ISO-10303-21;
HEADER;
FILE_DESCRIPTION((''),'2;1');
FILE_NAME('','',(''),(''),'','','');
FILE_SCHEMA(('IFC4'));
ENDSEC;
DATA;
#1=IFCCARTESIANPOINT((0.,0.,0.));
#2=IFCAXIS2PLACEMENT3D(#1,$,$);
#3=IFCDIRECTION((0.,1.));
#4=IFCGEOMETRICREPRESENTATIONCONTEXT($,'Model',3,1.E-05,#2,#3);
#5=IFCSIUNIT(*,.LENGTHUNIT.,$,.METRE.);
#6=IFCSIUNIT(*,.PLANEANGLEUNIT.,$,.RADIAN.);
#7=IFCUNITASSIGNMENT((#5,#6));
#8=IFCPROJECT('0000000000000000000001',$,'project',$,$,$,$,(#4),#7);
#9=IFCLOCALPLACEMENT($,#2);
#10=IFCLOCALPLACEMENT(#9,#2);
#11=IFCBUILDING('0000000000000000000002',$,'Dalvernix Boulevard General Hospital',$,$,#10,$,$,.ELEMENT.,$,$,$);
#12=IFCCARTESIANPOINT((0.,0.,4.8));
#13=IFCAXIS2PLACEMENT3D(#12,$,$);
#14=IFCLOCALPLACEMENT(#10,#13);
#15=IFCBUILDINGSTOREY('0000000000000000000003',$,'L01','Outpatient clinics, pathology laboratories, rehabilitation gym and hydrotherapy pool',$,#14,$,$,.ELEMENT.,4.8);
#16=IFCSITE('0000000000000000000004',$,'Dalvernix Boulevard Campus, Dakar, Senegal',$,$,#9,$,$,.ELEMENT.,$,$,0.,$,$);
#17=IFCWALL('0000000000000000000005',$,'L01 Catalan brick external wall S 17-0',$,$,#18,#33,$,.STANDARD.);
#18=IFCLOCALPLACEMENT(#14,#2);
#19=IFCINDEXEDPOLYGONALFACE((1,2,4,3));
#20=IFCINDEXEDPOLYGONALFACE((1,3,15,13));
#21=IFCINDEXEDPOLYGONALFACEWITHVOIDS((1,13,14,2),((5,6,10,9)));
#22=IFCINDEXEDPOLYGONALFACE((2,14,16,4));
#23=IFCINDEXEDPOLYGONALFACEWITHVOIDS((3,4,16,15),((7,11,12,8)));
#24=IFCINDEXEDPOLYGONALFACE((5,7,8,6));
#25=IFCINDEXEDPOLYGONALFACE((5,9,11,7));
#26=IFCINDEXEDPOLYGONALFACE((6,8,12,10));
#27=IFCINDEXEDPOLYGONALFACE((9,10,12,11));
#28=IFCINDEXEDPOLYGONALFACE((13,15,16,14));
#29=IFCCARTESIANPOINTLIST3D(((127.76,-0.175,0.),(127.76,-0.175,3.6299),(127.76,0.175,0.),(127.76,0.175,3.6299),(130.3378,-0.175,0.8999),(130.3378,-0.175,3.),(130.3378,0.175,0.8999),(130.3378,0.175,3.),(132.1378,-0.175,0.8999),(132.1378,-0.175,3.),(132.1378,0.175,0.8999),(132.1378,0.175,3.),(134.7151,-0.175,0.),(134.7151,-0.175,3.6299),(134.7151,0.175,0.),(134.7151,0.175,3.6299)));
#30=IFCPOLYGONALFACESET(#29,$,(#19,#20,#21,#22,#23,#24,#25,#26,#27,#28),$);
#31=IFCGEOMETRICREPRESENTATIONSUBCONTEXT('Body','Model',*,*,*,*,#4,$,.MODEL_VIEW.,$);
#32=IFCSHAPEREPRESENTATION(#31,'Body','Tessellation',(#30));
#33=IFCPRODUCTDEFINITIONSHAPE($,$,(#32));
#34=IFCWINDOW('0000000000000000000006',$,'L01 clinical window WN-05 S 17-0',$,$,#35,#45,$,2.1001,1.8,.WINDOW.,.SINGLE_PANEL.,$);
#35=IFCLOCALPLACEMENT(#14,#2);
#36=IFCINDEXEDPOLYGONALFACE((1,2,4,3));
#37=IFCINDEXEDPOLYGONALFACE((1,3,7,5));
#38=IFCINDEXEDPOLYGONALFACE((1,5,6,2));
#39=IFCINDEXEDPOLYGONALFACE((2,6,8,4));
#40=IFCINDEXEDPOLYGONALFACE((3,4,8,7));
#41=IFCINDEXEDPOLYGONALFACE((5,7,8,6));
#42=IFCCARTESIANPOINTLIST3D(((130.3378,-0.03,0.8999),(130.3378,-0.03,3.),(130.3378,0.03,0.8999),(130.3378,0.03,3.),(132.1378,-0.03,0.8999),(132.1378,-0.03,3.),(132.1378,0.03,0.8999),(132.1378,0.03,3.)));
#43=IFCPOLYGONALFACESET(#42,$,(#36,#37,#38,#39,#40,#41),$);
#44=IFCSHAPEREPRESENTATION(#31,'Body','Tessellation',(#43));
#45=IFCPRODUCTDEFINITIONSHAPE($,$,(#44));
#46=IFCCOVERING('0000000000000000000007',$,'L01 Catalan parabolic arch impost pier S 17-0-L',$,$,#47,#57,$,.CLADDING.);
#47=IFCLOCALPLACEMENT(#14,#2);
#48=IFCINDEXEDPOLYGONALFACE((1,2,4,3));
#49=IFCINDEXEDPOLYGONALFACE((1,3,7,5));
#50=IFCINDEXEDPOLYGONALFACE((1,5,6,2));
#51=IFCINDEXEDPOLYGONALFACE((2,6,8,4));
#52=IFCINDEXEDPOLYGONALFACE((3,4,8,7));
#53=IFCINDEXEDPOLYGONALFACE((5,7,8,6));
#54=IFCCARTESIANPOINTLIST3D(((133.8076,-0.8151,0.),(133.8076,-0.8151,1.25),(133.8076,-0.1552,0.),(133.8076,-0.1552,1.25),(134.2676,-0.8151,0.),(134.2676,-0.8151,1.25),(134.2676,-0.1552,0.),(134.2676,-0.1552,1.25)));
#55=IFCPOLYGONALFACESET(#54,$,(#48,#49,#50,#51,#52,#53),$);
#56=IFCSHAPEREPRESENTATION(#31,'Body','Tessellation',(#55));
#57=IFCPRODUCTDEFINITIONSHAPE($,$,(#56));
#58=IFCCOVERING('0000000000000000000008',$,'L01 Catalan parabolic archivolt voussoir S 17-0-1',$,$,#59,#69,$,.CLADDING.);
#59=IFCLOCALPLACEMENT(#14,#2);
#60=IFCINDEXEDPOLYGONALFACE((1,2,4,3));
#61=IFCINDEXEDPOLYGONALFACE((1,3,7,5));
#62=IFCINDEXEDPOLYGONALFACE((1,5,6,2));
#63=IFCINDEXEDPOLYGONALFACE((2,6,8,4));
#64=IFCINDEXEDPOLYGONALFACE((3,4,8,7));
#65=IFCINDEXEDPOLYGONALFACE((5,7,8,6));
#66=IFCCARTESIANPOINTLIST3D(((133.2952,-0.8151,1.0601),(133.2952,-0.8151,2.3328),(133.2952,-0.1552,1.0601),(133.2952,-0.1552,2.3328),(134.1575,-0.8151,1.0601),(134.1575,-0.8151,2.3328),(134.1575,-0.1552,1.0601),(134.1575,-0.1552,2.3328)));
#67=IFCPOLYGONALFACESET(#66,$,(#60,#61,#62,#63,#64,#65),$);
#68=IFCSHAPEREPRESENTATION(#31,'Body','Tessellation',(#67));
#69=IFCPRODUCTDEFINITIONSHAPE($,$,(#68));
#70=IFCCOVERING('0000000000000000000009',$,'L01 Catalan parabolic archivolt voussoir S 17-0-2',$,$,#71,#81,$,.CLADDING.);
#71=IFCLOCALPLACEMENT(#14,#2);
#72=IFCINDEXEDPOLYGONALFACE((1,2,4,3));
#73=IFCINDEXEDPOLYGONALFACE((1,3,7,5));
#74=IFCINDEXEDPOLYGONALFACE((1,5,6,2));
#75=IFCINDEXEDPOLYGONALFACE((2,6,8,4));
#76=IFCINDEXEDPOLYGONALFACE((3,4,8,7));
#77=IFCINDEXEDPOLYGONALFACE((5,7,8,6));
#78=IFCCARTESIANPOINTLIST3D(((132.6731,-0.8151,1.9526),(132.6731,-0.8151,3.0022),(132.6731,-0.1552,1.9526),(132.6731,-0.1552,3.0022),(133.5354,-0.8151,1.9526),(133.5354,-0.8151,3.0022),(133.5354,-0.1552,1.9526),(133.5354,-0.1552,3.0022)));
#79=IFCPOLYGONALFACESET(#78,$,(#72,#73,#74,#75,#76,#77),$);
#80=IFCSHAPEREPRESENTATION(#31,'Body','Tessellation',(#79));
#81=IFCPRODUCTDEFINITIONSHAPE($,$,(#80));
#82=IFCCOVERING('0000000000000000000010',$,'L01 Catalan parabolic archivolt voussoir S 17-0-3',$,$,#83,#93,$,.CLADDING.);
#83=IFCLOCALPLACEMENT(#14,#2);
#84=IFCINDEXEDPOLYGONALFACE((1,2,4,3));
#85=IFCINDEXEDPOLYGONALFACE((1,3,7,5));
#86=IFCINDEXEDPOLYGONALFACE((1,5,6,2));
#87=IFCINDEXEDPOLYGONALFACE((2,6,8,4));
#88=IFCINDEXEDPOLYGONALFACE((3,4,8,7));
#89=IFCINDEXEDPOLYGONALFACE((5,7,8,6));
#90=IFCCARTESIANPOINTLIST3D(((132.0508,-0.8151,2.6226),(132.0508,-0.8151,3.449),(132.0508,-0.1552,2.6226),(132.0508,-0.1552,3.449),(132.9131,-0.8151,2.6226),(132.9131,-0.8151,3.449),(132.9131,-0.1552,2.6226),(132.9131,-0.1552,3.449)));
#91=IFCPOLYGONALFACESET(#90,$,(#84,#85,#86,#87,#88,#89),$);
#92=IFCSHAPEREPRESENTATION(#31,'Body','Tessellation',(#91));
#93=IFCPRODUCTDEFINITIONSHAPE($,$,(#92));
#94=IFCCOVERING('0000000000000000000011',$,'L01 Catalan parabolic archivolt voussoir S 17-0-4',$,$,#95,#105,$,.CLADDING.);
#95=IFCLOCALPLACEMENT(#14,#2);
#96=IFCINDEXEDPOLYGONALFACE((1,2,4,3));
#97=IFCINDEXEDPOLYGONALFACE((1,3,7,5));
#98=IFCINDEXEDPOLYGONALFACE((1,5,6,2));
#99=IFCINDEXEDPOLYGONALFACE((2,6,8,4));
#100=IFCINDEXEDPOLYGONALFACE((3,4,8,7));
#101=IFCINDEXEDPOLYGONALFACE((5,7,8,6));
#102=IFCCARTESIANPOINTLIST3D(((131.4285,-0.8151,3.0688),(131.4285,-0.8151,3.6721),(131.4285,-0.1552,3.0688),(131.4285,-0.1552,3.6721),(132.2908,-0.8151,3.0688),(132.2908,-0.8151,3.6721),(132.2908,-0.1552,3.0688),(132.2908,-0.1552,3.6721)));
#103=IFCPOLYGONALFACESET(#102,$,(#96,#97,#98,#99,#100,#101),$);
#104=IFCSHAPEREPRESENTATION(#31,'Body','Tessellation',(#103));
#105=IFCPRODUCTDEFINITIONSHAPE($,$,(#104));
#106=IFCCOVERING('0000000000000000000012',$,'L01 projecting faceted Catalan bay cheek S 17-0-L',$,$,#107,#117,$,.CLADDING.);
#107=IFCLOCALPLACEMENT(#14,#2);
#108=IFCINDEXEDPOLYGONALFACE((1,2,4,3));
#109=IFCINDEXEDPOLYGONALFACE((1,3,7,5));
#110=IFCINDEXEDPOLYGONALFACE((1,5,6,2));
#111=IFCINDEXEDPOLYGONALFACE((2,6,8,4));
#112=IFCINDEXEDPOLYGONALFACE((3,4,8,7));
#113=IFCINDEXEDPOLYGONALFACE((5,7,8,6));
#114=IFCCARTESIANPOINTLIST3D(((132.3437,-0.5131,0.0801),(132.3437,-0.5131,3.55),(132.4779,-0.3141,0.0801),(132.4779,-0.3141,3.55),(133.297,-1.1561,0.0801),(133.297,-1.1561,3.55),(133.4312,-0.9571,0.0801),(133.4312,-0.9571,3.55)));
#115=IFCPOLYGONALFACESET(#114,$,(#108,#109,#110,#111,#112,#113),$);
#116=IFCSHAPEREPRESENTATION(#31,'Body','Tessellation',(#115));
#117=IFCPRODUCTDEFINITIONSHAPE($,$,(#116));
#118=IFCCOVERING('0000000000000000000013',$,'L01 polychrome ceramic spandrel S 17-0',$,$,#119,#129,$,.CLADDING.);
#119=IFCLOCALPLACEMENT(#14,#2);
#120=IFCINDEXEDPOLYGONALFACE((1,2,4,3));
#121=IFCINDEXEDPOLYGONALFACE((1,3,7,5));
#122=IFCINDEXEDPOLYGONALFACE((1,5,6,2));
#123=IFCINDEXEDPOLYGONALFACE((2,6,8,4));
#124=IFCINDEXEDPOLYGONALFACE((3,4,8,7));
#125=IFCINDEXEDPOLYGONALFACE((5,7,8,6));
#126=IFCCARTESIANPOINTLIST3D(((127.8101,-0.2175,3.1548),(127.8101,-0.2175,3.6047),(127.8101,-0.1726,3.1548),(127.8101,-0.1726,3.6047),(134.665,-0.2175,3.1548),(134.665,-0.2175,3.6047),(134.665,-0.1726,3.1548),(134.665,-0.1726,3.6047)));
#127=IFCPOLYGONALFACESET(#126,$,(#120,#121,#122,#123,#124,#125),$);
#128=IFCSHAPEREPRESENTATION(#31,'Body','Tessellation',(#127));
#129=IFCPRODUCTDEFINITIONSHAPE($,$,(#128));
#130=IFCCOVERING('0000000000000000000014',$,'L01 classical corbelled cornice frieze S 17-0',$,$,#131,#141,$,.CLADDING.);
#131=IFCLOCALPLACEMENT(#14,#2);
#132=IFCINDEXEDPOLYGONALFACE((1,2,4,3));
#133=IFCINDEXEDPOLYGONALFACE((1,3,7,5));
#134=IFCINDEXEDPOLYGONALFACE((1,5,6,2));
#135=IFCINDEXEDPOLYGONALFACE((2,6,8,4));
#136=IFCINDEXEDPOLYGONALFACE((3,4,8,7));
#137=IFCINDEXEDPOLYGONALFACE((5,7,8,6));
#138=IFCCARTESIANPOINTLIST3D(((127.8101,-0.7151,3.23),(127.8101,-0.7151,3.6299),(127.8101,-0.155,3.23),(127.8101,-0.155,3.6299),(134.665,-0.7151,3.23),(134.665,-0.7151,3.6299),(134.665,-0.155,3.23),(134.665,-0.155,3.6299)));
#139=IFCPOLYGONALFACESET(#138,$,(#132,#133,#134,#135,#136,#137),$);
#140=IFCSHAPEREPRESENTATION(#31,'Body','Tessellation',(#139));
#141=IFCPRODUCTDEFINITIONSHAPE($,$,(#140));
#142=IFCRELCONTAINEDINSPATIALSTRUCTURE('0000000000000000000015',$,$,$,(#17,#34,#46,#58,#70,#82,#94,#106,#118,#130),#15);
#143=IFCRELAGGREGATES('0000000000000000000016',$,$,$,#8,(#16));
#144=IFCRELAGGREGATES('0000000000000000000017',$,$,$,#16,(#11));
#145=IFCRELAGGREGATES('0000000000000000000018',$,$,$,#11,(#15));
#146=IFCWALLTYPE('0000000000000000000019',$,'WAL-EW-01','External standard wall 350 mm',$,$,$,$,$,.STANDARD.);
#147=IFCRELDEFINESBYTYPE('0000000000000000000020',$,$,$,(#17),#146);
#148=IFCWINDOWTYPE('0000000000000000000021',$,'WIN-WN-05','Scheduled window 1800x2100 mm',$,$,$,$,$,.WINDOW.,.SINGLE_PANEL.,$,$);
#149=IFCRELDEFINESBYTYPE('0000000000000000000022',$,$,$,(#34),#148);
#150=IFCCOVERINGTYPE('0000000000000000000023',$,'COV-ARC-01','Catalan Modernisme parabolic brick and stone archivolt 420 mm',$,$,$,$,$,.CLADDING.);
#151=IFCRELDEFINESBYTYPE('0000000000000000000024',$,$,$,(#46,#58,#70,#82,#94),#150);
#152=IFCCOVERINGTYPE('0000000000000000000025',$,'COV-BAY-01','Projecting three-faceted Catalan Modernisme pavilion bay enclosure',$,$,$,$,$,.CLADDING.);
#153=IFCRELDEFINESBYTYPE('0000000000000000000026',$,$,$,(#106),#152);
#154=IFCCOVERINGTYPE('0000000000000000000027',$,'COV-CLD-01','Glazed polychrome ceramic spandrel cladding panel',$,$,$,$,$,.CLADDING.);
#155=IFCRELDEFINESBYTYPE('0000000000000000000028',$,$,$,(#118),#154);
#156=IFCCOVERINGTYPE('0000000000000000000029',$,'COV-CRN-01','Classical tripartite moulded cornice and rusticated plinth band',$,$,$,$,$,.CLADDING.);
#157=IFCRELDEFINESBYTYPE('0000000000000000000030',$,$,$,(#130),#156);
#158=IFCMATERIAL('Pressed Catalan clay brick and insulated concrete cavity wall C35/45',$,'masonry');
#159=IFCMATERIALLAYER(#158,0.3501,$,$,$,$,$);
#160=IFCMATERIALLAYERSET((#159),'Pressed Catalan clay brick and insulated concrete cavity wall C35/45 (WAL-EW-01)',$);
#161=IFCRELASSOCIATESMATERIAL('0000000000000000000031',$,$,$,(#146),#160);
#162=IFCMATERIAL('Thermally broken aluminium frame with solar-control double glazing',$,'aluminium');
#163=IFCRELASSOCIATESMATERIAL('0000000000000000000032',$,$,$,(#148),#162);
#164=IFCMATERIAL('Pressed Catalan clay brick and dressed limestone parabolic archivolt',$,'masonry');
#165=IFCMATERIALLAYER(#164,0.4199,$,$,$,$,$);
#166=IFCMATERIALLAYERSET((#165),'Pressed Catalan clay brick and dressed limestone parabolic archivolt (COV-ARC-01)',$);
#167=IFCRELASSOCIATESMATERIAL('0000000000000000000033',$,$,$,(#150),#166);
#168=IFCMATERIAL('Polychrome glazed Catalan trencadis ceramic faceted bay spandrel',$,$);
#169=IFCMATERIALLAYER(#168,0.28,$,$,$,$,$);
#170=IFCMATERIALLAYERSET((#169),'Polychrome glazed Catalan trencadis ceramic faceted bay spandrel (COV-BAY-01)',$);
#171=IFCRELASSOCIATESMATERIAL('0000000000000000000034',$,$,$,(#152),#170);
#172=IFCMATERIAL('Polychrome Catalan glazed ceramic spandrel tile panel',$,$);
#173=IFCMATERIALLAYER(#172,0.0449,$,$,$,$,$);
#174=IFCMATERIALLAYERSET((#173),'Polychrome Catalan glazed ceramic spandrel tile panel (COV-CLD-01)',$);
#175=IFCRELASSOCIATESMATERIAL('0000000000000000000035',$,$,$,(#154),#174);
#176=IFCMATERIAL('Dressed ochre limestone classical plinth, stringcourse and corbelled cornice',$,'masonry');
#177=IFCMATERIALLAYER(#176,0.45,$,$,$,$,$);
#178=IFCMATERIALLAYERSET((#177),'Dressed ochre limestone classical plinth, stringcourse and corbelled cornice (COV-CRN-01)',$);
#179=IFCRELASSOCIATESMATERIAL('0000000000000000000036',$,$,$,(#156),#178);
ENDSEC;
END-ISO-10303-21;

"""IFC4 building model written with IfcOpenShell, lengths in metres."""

from ifc_helpers import new_model, si_unit, direction, frame, frame_2d, origin, origin_2d, place, context, subcontext, project, spatial, rectangle, extrude, material, layer, layer_set, type_object, element, fill, save


model = new_model("IFC4")

# Units and contexts
model_context = context("Model", 3, precision=1e-05, world=origin(), true_north=direction((0.0, 1.0)))
body_context = subcontext(model_context, "Body", "Model", "MODEL_VIEW")
ifc_project = project(units=[si_unit("LENGTHUNIT", "METRE"), si_unit("PLANEANGLEUNIT", "RADIAN")], contexts=[model_context])

# Site, building, storey
site_placement = place(None, origin())
site = spatial("IfcSite", under=ifc_project, at=site_placement, Name="Dalvernix Boulevard Campus, Dakar, Senegal", CompositionType="ELEMENT", RefElevation=0.0)
building_placement = place(site_placement, origin())
building = spatial("IfcBuilding", under=site, at=building_placement, Name="Dalvernix Boulevard General Hospital", CompositionType="ELEMENT")
storey_placement = place(building_placement, frame((0.0, 0.0, 4.8)))
storey = spatial("IfcBuildingStorey", under=building, at=storey_placement, Name="L01", Description="Outpatient clinics, pathology laboratories, rehabilitation gym and hydrotherapy pool", CompositionType="ELEMENT", Elevation=4.8)

# Wall, opening, window
ifc_material_1 = material(Name="Pressed Catalan clay brick and insulated concrete cavity wall C35/45", Category="masonry")
ifc_layer_1 = layer(ifc_material_1, 0.3501)
ifc_layer_set_1 = layer_set([ifc_layer_1], Name="Pressed Catalan clay brick and insulated concrete cavity wall C35/45 (WAL-EW-01)")
wall_type = type_object("IfcWallType", Name="WAL-EW-01", Description="External standard wall 350 mm", PredefinedType="STANDARD", material=ifc_layer_set_1)
wall_placement = place(storey_placement, frame((134.7151, 0.0, 0.0), z_axis=(0.0, 0.0, 1.0), x_axis=(-1.0, 0.0, 0.0)))
wall = element("IfcWall", 1, at=wall_placement, inside=storey, type_object=wall_type, Name="L01 Catalan brick external wall S 17-0", PredefinedType="STANDARD", context=body_context, shape_type="SweptSolid", body=[
    extrude(rectangle(XDim=6.9551, YDim=0.3501, at=frame_2d((3.4775, 0.0))), origin(), (0.0, 0.0, 1.0), 3.6299),
])
opening_placement = place(wall_placement, frame((2.5774, 0.0, 0.8999)))
opening = element("IfcOpeningElement", 2, at=opening_placement, cuts=wall, PredefinedType="OPENING", context=body_context, shape_type="SweptSolid", body=[
    extrude(rectangle(XDim=1.8, YDim=2.1001, at=frame_2d((0.8999, 1.05))), frame((0.0, 0.1851, 0.0), z_axis=(0.0, -1.0, 0.0), x_axis=(1.0, 0.0, 0.0)), (0.0, 0.0, 1.0), 0.3701),
])
ifc_material_2 = material(Name="Thermally broken aluminium frame with solar-control double glazing", Category="aluminium")
window_type = type_object("IfcWindowType", Name="WIN-WN-05", Description="Scheduled window 1800x2100 mm", PartitioningType="SINGLE_PANEL", PredefinedType="WINDOW", material=ifc_material_2)
window_placement = place(opening_placement, origin())
window = element("IfcWindow", 3, at=window_placement, inside=storey, type_object=window_type, Name="L01 clinical window WN-05 S 17-0", OverallHeight=2.1001, OverallWidth=1.8, PartitioningType="SINGLE_PANEL", PredefinedType="WINDOW", context=body_context, shape_type="SweptSolid", body=[
    extrude(rectangle(XDim=1.8, YDim=2.1001, at=frame_2d((0.8999, 1.05))), frame((0.0, 0.03, 0.0), z_axis=(0.0, -1.0, 0.0), x_axis=(1.0, 0.0, 0.0)), (0.0, 0.0, 1.0), 0.0601),
])
fill(opening, window)

# Coverings
ifc_material_3 = material(Name="Pressed Catalan clay brick and dressed limestone parabolic archivolt", Category="masonry")
ifc_layer_2 = layer(ifc_material_3, 0.4199)
ifc_layer_set_2 = layer_set([ifc_layer_2], Name="Pressed Catalan clay brick and dressed limestone parabolic archivolt (COV-ARC-01)")
covering_type_1 = type_object("IfcCoveringType", Name="COV-ARC-01", Description="Catalan Modernisme parabolic brick and stone archivolt 420 mm", PredefinedType="CLADDING", material=ifc_layer_set_2)
covering_1_placement = place(storey_placement, frame((134.0376, -0.4851, 0.0), z_axis=(0.0, 0.0, 1.0), x_axis=(-1.0, 0.0, 0.0)))
element("IfcCovering", 4, at=covering_1_placement, inside=storey, type_object=covering_type_1, Name="L01 Catalan parabolic arch impost pier S 17-0-L", PredefinedType="CLADDING", context=body_context, shape_type="SweptSolid", body=[
    extrude(rectangle(XDim=0.46, YDim=0.6599, at=origin_2d()), origin(), (0.0, 0.0, 1.0), 1.25),
])
covering_2_placement = place(storey_placement, frame((133.7263, -0.4851, 1.0601), z_axis=(0.0, 0.0, 1.0), x_axis=(-1.0, 0.0, 0.0)))
element("IfcCovering", 5, at=covering_2_placement, inside=storey, type_object=covering_type_1, Name="L01 Catalan parabolic archivolt voussoir S 17-0-1", PredefinedType="CLADDING", context=body_context, shape_type="SweptSolid", body=[
    extrude(rectangle(XDim=0.8623, YDim=0.6599, at=origin_2d()), origin(), (0.0, 0.0, 1.0), 1.2727),
])
covering_3_placement = place(storey_placement, frame((133.1042, -0.4851, 1.9526), z_axis=(0.0, 0.0, 1.0), x_axis=(-1.0, 0.0, 0.0)))
element("IfcCovering", 6, at=covering_3_placement, inside=storey, type_object=covering_type_1, Name="L01 Catalan parabolic archivolt voussoir S 17-0-2", PredefinedType="CLADDING", context=body_context, shape_type="SweptSolid", body=[
    extrude(rectangle(XDim=0.8623, YDim=0.6599, at=origin_2d()), origin(), (0.0, 0.0, 1.0), 1.0496),
])
covering_4_placement = place(storey_placement, frame((132.4819, -0.4851, 2.6226), z_axis=(0.0, 0.0, 1.0), x_axis=(-1.0, 0.0, 0.0)))
element("IfcCovering", 7, at=covering_4_placement, inside=storey, type_object=covering_type_1, Name="L01 Catalan parabolic archivolt voussoir S 17-0-3", PredefinedType="CLADDING", context=body_context, shape_type="SweptSolid", body=[
    extrude(rectangle(XDim=0.8623, YDim=0.6599, at=origin_2d()), origin(), (0.0, 0.0, 1.0), 0.8264),
])
covering_5_placement = place(storey_placement, frame((131.8596, -0.4851, 3.0688), z_axis=(0.0, 0.0, 1.0), x_axis=(-1.0, 0.0, 0.0)))
element("IfcCovering", 8, at=covering_5_placement, inside=storey, type_object=covering_type_1, Name="L01 Catalan parabolic archivolt voussoir S 17-0-4", PredefinedType="CLADDING", context=body_context, shape_type="SweptSolid", body=[
    extrude(rectangle(XDim=0.8623, YDim=0.6599, at=origin_2d()), origin(), (0.0, 0.0, 1.0), 0.6033),
])
ifc_material_4 = material(Name="Polychrome glazed Catalan trencadis ceramic faceted bay spandrel")
ifc_layer_3 = layer(ifc_material_4, 0.28)
ifc_layer_set_3 = layer_set([ifc_layer_3], Name="Polychrome glazed Catalan trencadis ceramic faceted bay spandrel (COV-BAY-01)")
covering_type_2 = type_object("IfcCoveringType", Name="COV-BAY-01", Description="Projecting three-faceted Catalan Modernisme pavilion bay enclosure", PredefinedType="CLADDING", material=ifc_layer_set_3)
covering_6_placement = place(storey_placement, frame((132.8875, -0.7351, 0.0801), z_axis=(0.0, 0.0, 1.0), x_axis=(-0.829038, 0.559193, 0.0)))
element("IfcCovering", 9, at=covering_6_placement, inside=storey, type_object=covering_type_2, Name="L01 projecting faceted Catalan bay cheek S 17-0-L", PredefinedType="CLADDING", context=body_context, shape_type="SweptSolid", body=[
    extrude(rectangle(XDim=1.1499, YDim=0.24, at=origin_2d()), origin(), (0.0, 0.0, 1.0), 3.47),
])
ifc_material_5 = material(Name="Polychrome Catalan glazed ceramic spandrel tile panel")
ifc_layer_4 = layer(ifc_material_5, 0.0449)
ifc_layer_set_4 = layer_set([ifc_layer_4], Name="Polychrome Catalan glazed ceramic spandrel tile panel (COV-CLD-01)")
covering_type_3 = type_object("IfcCoveringType", Name="COV-CLD-01", Description="Glazed polychrome ceramic spandrel cladding panel", PredefinedType="CLADDING", material=ifc_layer_set_4)
covering_7_placement = place(storey_placement, frame((131.2375, -0.1951, 3.1548), z_axis=(0.0, 0.0, 1.0), x_axis=(-1.0, 0.0, 0.0)))
element("IfcCovering", 10, at=covering_7_placement, inside=storey, type_object=covering_type_3, Name="L01 polychrome ceramic spandrel S 17-0", PredefinedType="CLADDING", context=body_context, shape_type="SweptSolid", body=[
    extrude(rectangle(XDim=6.855, YDim=0.0449, at=origin_2d()), origin(), (0.0, 0.0, 1.0), 0.45),
])
ifc_material_6 = material(Name="Dressed ochre limestone classical plinth, stringcourse and corbelled cornice", Category="masonry")
ifc_layer_5 = layer(ifc_material_6, 0.45)
ifc_layer_set_5 = layer_set([ifc_layer_5], Name="Dressed ochre limestone classical plinth, stringcourse and corbelled cornice (COV-CRN-01)")
covering_type_4 = type_object("IfcCoveringType", Name="COV-CRN-01", Description="Classical tripartite moulded cornice and rusticated plinth band", PredefinedType="CLADDING", material=ifc_layer_set_5)
covering_8_placement = place(storey_placement, frame((131.2375, -0.4351, 3.23), z_axis=(0.0, 0.0, 1.0), x_axis=(-1.0, 0.0, 0.0)))
element("IfcCovering", 11, at=covering_8_placement, inside=storey, type_object=covering_type_4, Name="L01 classical corbelled cornice frieze S 17-0", PredefinedType="CLADDING", context=body_context, shape_type="SweptSolid", body=[
    extrude(rectangle(XDim=6.855, YDim=0.5601, at=origin_2d()), origin(), (0.0, 0.0, 1.0), 0.3999),
])

save(model, "model.ifc")
